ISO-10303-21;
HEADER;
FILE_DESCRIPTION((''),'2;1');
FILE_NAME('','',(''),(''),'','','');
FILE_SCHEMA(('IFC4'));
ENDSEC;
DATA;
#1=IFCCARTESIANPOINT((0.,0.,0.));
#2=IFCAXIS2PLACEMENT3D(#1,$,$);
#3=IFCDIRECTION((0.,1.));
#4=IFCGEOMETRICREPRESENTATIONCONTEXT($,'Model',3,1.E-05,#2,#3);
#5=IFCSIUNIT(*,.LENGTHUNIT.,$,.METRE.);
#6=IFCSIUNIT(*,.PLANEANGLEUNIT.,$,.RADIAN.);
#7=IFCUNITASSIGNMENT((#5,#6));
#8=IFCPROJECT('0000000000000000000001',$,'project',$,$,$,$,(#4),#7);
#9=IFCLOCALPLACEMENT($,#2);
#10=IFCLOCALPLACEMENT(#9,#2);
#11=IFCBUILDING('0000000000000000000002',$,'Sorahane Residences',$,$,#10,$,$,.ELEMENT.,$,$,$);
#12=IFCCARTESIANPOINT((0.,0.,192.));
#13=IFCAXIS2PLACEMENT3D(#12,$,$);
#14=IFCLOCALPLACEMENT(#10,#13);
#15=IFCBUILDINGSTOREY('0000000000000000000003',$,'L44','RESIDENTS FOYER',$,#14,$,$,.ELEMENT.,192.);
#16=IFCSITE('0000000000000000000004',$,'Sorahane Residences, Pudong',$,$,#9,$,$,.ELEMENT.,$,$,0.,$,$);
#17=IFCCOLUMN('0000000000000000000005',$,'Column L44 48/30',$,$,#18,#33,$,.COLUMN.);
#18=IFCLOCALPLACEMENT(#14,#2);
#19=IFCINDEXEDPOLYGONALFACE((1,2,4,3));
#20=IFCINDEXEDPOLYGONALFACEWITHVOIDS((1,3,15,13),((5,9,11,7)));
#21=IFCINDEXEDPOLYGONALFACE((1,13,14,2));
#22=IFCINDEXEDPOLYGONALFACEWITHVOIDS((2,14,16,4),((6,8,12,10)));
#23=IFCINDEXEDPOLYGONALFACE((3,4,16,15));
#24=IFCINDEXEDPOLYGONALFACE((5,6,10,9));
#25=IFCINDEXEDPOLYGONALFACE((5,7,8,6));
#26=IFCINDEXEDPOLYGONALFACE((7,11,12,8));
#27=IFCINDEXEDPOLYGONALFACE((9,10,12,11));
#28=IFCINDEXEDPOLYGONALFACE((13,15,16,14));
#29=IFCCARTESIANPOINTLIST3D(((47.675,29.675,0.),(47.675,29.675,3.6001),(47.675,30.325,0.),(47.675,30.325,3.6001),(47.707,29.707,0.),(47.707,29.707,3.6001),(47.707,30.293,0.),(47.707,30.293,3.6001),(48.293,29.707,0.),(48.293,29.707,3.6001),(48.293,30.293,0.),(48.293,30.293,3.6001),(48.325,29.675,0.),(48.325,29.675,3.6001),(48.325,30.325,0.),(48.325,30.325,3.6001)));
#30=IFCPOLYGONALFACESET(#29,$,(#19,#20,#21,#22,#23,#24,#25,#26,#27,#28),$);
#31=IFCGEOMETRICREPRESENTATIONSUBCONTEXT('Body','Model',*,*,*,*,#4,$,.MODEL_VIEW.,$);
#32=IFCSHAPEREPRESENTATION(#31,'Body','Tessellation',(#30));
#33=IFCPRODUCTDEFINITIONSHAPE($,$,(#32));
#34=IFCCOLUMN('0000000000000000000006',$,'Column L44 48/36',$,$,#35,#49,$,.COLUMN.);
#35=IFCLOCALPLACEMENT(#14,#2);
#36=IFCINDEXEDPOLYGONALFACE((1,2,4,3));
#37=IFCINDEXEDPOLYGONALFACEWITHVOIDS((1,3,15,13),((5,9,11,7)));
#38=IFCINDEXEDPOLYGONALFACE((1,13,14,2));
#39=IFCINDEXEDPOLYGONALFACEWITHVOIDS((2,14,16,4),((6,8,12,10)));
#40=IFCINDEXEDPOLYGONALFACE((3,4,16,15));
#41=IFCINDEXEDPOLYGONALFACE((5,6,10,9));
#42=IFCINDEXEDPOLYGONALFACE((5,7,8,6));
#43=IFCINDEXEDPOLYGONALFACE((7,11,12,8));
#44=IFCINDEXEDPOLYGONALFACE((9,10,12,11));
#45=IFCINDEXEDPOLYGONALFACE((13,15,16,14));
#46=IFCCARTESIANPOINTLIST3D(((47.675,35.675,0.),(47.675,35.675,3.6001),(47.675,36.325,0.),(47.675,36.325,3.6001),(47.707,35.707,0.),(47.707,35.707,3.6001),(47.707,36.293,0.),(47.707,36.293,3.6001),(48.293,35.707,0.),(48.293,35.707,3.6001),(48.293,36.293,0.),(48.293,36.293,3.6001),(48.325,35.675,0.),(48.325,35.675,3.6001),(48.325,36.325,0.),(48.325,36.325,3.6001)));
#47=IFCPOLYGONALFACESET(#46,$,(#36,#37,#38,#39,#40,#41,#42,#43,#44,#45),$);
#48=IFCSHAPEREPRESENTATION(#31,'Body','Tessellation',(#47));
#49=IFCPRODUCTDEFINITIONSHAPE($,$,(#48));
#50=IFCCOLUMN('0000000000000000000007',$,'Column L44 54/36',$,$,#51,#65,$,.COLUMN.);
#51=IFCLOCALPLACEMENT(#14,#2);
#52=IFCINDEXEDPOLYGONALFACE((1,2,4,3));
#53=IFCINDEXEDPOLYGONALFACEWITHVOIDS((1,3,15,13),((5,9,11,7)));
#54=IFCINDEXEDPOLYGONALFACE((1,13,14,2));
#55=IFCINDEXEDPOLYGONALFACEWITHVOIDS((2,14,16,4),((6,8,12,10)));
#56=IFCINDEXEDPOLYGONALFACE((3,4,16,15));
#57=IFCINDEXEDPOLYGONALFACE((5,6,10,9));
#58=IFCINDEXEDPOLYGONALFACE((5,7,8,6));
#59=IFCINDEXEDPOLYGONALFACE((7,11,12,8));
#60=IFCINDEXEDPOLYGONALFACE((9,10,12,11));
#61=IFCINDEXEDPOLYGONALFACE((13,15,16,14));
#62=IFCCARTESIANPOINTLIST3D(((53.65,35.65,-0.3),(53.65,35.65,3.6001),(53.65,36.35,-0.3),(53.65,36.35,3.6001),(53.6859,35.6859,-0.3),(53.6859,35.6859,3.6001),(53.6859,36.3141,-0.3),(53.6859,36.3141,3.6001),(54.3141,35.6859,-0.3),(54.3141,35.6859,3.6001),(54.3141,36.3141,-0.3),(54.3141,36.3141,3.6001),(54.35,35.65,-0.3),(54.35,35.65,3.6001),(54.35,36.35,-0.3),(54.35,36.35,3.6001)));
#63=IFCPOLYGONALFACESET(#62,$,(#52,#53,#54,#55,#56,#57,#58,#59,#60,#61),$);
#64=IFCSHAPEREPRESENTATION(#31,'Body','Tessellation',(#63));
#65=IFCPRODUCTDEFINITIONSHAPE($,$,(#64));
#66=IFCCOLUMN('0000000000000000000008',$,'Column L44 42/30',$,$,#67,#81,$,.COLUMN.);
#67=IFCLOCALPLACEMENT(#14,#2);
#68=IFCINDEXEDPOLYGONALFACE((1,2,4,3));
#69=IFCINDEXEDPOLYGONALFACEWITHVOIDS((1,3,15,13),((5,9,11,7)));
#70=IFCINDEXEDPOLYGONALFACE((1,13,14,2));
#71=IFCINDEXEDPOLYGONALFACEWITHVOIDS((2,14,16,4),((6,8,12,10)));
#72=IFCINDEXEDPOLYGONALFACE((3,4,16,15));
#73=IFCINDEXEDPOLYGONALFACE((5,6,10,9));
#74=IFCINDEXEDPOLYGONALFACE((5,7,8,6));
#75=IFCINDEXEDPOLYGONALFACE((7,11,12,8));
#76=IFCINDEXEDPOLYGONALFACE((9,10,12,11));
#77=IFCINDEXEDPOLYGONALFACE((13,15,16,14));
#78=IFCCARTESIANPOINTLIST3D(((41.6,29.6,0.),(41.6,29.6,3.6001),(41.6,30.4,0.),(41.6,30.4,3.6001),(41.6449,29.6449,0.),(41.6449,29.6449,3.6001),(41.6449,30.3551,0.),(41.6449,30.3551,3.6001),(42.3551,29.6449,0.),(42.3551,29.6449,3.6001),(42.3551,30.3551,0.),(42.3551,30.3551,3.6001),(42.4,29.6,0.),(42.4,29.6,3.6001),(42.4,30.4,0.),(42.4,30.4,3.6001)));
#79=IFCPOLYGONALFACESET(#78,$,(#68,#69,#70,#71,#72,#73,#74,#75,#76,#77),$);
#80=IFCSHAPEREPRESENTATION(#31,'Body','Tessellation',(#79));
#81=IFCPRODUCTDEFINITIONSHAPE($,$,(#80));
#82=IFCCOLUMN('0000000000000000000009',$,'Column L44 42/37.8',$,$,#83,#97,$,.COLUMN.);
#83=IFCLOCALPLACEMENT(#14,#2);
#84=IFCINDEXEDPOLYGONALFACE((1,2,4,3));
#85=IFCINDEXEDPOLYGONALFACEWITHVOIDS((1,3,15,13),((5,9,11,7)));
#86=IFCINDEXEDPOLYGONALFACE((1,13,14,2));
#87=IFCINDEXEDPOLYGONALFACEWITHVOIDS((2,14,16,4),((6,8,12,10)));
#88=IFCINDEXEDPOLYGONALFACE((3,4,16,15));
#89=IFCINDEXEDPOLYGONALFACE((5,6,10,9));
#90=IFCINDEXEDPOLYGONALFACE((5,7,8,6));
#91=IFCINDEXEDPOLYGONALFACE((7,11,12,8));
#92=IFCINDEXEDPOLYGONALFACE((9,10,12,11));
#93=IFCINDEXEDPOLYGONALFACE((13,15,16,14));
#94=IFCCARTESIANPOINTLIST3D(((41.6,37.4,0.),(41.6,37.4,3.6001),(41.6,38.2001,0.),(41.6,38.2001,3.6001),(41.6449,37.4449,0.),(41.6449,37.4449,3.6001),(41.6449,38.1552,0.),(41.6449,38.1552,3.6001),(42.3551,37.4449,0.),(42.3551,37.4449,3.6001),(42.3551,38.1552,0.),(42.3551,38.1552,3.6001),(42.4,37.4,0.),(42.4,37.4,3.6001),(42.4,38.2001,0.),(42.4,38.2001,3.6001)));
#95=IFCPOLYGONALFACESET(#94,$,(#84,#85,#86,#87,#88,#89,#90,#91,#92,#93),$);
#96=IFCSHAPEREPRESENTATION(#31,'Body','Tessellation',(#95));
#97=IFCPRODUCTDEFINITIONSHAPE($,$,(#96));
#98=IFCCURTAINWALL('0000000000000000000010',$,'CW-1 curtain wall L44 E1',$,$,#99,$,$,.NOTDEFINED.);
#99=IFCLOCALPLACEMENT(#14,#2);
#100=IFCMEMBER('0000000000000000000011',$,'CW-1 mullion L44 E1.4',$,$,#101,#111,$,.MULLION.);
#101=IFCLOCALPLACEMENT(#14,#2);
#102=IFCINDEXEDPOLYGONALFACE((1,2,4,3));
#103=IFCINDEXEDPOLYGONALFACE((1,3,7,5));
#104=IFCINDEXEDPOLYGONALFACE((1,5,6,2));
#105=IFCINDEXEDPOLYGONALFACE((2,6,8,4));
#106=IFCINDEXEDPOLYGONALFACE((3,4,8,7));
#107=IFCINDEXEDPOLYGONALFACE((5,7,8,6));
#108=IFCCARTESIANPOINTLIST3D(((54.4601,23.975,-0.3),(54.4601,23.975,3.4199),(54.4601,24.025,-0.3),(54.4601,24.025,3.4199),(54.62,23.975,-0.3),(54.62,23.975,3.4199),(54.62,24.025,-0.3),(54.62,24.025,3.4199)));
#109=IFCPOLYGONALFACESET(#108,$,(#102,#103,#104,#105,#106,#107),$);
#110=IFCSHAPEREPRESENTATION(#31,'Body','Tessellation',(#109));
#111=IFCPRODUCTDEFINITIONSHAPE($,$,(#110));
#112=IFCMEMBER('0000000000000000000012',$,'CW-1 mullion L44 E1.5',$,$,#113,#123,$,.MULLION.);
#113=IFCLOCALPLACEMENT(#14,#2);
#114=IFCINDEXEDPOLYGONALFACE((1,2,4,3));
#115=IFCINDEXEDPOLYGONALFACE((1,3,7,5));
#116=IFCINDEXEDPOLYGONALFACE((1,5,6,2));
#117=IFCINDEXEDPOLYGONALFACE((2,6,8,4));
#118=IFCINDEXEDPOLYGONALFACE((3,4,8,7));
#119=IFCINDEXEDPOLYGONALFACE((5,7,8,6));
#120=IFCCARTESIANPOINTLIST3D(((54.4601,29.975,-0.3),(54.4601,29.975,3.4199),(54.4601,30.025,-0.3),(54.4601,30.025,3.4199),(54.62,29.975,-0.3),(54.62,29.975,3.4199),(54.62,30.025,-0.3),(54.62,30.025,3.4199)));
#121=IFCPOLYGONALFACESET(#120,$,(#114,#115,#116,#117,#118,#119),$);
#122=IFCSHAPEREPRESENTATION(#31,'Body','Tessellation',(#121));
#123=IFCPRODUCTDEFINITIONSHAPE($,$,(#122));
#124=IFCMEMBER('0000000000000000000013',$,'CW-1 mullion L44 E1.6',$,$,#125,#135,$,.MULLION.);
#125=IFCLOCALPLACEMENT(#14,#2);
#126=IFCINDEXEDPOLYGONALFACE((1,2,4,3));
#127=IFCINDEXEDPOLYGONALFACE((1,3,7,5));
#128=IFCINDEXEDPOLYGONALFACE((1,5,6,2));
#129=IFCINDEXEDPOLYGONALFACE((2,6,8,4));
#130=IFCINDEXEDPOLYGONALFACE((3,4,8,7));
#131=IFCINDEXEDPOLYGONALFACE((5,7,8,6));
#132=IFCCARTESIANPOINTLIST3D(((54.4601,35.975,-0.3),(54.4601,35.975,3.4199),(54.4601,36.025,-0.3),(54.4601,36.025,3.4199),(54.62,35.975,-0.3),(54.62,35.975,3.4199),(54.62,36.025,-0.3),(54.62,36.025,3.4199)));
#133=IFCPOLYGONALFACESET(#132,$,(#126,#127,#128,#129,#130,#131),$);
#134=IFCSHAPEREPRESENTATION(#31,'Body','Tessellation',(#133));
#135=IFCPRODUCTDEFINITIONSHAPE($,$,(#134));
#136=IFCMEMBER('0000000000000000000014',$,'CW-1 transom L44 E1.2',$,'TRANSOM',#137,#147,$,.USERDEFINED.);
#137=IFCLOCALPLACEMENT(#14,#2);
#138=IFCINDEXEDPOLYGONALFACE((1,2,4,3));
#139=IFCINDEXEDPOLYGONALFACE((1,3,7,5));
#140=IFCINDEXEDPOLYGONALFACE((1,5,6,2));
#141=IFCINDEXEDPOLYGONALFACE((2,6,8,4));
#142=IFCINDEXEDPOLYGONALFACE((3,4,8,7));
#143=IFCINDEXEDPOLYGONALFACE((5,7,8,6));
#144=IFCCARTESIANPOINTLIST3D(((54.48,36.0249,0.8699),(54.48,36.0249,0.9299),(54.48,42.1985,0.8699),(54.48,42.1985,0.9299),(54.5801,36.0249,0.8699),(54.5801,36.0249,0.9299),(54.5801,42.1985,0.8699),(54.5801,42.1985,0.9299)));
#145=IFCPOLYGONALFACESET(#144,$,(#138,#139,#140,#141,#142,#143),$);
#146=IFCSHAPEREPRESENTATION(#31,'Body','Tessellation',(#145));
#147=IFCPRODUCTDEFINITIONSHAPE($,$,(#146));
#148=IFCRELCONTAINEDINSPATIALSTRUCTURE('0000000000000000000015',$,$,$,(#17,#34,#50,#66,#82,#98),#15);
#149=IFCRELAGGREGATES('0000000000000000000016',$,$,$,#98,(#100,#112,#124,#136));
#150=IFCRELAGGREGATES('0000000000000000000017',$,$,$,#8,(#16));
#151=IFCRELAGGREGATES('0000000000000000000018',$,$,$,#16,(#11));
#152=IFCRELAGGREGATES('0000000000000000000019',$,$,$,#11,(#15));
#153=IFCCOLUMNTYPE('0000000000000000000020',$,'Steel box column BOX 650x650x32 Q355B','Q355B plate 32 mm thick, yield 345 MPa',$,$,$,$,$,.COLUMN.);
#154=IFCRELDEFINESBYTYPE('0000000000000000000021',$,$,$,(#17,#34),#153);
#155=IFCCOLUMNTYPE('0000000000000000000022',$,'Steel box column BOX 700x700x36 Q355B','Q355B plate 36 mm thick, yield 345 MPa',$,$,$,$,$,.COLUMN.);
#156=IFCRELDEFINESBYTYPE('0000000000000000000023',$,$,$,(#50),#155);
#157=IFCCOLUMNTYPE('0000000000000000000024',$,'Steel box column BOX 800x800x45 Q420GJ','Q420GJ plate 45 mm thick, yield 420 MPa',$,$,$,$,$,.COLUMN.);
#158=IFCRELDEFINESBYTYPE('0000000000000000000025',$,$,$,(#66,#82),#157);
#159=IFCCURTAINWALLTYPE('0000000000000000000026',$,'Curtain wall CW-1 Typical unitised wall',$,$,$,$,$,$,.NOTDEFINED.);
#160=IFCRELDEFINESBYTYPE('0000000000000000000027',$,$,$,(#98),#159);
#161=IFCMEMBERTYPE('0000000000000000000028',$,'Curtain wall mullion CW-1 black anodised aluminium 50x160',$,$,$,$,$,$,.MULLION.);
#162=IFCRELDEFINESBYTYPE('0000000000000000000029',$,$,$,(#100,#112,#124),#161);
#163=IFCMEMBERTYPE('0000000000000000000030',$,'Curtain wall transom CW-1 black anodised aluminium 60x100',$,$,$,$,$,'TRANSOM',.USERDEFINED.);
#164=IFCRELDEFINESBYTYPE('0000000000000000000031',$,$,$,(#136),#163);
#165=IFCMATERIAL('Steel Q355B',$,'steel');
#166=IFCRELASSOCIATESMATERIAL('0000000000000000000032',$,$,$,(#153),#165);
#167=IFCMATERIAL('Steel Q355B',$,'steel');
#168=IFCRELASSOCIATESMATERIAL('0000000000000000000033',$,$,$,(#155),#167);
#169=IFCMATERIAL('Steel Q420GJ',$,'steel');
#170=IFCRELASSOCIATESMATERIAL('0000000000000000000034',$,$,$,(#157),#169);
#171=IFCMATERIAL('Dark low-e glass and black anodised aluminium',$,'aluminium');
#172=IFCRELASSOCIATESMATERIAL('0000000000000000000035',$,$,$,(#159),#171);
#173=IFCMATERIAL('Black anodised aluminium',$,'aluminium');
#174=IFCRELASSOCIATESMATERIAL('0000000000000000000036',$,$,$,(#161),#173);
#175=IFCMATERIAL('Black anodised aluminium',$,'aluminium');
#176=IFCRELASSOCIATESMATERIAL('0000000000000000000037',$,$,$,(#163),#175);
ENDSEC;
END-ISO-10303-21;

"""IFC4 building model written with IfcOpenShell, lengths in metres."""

from ifc_helpers import new_model, si_unit, direction, frame, origin, origin_2d, place, context, subcontext, project, spatial, rectangle, hollow_rectangle, extrude, material, material_profile, profile_set, type_object, element, aggregate, save


model = new_model("IFC4")

# Units and contexts
model_context = context("Model", 3, precision=1e-05, world=origin(), true_north=direction((0.0, 1.0)))
body_context = subcontext(model_context, "Body", "Model", "MODEL_VIEW")
ifc_project = project(units=[si_unit("LENGTHUNIT", "METRE"), si_unit("PLANEANGLEUNIT", "RADIAN")], contexts=[model_context])

# Site, building, storey
site_placement = place(None, origin())
site = spatial("IfcSite", under=ifc_project, at=site_placement, Name="Sorahane Residences, Pudong", CompositionType="ELEMENT", RefElevation=0.0)
building_placement = place(site_placement, origin())
building = spatial("IfcBuilding", under=site, at=building_placement, Name="Sorahane Residences", CompositionType="ELEMENT")
storey_placement = place(building_placement, frame((0.0, 0.0, 192.0)))
storey = spatial("IfcBuildingStorey", under=building, at=storey_placement, Name="L44", Description="RESIDENTS FOYER", CompositionType="ELEMENT", Elevation=192.0)

# Columns
ifc_material_1 = material(Name="Steel Q355B", Category="steel")
ifc_material_profile_1 = material_profile(ifc_material_1, hollow_rectangle(XDim=0.6499, YDim=0.6499, WallThickness=0.032, at=origin_2d()), Name="BOX 650x650x32")
ifc_profile_set_1 = profile_set([ifc_material_profile_1], Name="Steel Q355B")
column_type_1 = type_object("IfcColumnType", Name="Steel box column BOX 650x650x32 Q355B", Description="Q355B plate 32 mm thick, yield 345 MPa", PredefinedType="COLUMN", material=ifc_profile_set_1)
for number, where, z_axis, x_axis, name in (
    (1, (48.0, 30.0, 0.0), (0.0, 0.0, 1.0), (1.0, 0.0, 0.0), "Column L44 48/30"),
    (2, (48.0, 36.0, 0.0), (0.0, 0.0, 1.0), (1.0, 0.0, 0.0), "Column L44 48/36"),
):
    element("IfcColumn", number, at=place(storey_placement, frame(where, z_axis=z_axis, x_axis=x_axis)), inside=storey, type_object=column_type_1, Name=name, PredefinedType="COLUMN", context=body_context, shape_type="SweptSolid", body=[
        extrude(hollow_rectangle(XDim=0.6499, YDim=0.6499, WallThickness=0.032, at=origin_2d()), origin(), (0.0, 0.0, 1.0), 3.6001),
    ])
ifc_material_2 = material(Name="Steel Q355B", Category="steel")
ifc_material_profile_2 = material_profile(ifc_material_2, hollow_rectangle(XDim=0.7, YDim=0.7, WallThickness=0.0359, at=origin_2d()), Name="BOX 700x700x36")
ifc_profile_set_2 = profile_set([ifc_material_profile_2], Name="Steel Q355B")
column_type_2 = type_object("IfcColumnType", Name="Steel box column BOX 700x700x36 Q355B", Description="Q355B plate 36 mm thick, yield 345 MPa", PredefinedType="COLUMN", material=ifc_profile_set_2)
column_placement = place(storey_placement, frame((54.0, 36.0, -0.3), z_axis=(0.0, 0.0, 1.0), x_axis=(1.0, 0.0, 0.0)))
element("IfcColumn", 3, at=column_placement, inside=storey, type_object=column_type_2, Name="Column L44 54/36", PredefinedType="COLUMN", context=body_context, shape_type="SweptSolid", body=[
    extrude(hollow_rectangle(XDim=0.7, YDim=0.7, WallThickness=0.0359, at=origin_2d()), origin(), (0.0, 0.0, 1.0), 3.9001),
])
ifc_material_3 = material(Name="Steel Q420GJ", Category="steel")
ifc_material_profile_3 = material_profile(ifc_material_3, hollow_rectangle(XDim=0.8, YDim=0.8, WallThickness=0.0449, at=origin_2d()), Name="BOX 800x800x45")
ifc_profile_set_3 = profile_set([ifc_material_profile_3], Name="Steel Q420GJ")
column_type_3 = type_object("IfcColumnType", Name="Steel box column BOX 800x800x45 Q420GJ", Description="Q420GJ plate 45 mm thick, yield 420 MPa", PredefinedType="COLUMN", material=ifc_profile_set_3)
for number, where, z_axis, x_axis, name in (
    (4, (42.0, 30.0, 0.0), (0.0, 0.0, 1.0), (1.0, 0.0, 0.0), "Column L44 42/30"),
    (5, (42.0, 37.8, 0.0), (0.0, 0.0, 1.0), (1.0, 0.0, 0.0), "Column L44 42/37.8"),
):
    element("IfcColumn", number, at=place(storey_placement, frame(where, z_axis=z_axis, x_axis=x_axis)), inside=storey, type_object=column_type_3, Name=name, PredefinedType="COLUMN", context=body_context, shape_type="SweptSolid", body=[
        extrude(hollow_rectangle(XDim=0.8, YDim=0.8, WallThickness=0.0449, at=origin_2d()), origin(), (0.0, 0.0, 1.0), 3.6001),
    ])

# Curtain wall, members
ifc_material_4 = material(Name="Dark low-e glass and black anodised aluminium", Category="aluminium")
curtain_wall_type = type_object("IfcCurtainWallType", Name="Curtain wall CW-1 Typical unitised wall", PredefinedType="NOTDEFINED", material=ifc_material_4)
curtain_wall_placement = place(storey_placement, origin())
curtain_wall = element("IfcCurtainWall", 6, at=curtain_wall_placement, inside=storey, type_object=curtain_wall_type, Name="CW-1 curtain wall L44 E1", PredefinedType="NOTDEFINED")
ifc_material_5 = material(Name="Black anodised aluminium", Category="aluminium")
ifc_material_profile_4 = material_profile(ifc_material_5, rectangle(XDim=0.1599, YDim=0.05, at=origin_2d()), Name="Curtain wall mullion CW-1 black anodised aluminium 50x160")
ifc_profile_set_4 = profile_set([ifc_material_profile_4], Name="Black anodised aluminium")
member_type_1 = type_object("IfcMemberType", Name="Curtain wall mullion CW-1 black anodised aluminium 50x160", PredefinedType="MULLION", material=ifc_profile_set_4)
member_1_placement = place(storey_placement, frame((54.54, 24.0, -0.3), z_axis=(0.0, 0.0, 1.0), x_axis=(1.0, 0.0, 0.0)))
member_1 = element("IfcMember", 7, at=member_1_placement, type_object=member_type_1, Name="CW-1 mullion L44 E1.4", PredefinedType="MULLION", context=body_context, shape_type="SweptSolid", body=[
    extrude(rectangle(XDim=0.1599, YDim=0.05, at=origin_2d()), origin(), (0.0, 0.0, 1.0), 3.72),
])
member_2_placement = place(storey_placement, frame((54.54, 30.0, -0.3), z_axis=(0.0, 0.0, 1.0), x_axis=(1.0, 0.0, 0.0)))
member_2 = element("IfcMember", 8, at=member_2_placement, type_object=member_type_1, Name="CW-1 mullion L44 E1.5", PredefinedType="MULLION", context=body_context, shape_type="SweptSolid", body=[
    extrude(rectangle(XDim=0.1599, YDim=0.05, at=origin_2d()), origin(), (0.0, 0.0, 1.0), 3.72),
])
member_3_placement = place(storey_placement, frame((54.54, 36.0, -0.3), z_axis=(0.0, 0.0, 1.0), x_axis=(1.0, 0.0, 0.0)))
member_3 = element("IfcMember", 9, at=member_3_placement, type_object=member_type_1, Name="CW-1 mullion L44 E1.6", PredefinedType="MULLION", context=body_context, shape_type="SweptSolid", body=[
    extrude(rectangle(XDim=0.1599, YDim=0.05, at=origin_2d()), origin(), (0.0, 0.0, 1.0), 3.72),
])
ifc_material_6 = material(Name="Black anodised aluminium", Category="aluminium")
ifc_material_profile_5 = material_profile(ifc_material_6, rectangle(XDim=0.1001, YDim=0.0601, at=origin_2d()), Name="Curtain wall transom CW-1 black anodised aluminium 60x100")
ifc_profile_set_5 = profile_set([ifc_material_profile_5], Name="Black anodised aluminium")
member_type_2 = type_object("IfcMemberType", Name="Curtain wall transom CW-1 black anodised aluminium 60x100", ElementType="TRANSOM", PredefinedType="USERDEFINED", material=ifc_profile_set_5)
member_4_placement = place(storey_placement, frame((54.53, 36.0249, 0.8999), z_axis=(0.0, 1.0, 0.0), x_axis=(-1.0, 0.0, 0.0)))
member_4 = element("IfcMember", 10, at=member_4_placement, type_object=member_type_2, Name="CW-1 transom L44 E1.2", ObjectType="TRANSOM", PredefinedType="USERDEFINED", context=body_context, shape_type="SweptSolid", body=[
    extrude(rectangle(XDim=0.1001, YDim=0.0601, at=origin_2d()), origin(), (0.0, 0.0, 1.0), 6.1736),
])

aggregate(curtain_wall, [member_1, member_2, member_3, member_4])

save(model, "model.ifc")
